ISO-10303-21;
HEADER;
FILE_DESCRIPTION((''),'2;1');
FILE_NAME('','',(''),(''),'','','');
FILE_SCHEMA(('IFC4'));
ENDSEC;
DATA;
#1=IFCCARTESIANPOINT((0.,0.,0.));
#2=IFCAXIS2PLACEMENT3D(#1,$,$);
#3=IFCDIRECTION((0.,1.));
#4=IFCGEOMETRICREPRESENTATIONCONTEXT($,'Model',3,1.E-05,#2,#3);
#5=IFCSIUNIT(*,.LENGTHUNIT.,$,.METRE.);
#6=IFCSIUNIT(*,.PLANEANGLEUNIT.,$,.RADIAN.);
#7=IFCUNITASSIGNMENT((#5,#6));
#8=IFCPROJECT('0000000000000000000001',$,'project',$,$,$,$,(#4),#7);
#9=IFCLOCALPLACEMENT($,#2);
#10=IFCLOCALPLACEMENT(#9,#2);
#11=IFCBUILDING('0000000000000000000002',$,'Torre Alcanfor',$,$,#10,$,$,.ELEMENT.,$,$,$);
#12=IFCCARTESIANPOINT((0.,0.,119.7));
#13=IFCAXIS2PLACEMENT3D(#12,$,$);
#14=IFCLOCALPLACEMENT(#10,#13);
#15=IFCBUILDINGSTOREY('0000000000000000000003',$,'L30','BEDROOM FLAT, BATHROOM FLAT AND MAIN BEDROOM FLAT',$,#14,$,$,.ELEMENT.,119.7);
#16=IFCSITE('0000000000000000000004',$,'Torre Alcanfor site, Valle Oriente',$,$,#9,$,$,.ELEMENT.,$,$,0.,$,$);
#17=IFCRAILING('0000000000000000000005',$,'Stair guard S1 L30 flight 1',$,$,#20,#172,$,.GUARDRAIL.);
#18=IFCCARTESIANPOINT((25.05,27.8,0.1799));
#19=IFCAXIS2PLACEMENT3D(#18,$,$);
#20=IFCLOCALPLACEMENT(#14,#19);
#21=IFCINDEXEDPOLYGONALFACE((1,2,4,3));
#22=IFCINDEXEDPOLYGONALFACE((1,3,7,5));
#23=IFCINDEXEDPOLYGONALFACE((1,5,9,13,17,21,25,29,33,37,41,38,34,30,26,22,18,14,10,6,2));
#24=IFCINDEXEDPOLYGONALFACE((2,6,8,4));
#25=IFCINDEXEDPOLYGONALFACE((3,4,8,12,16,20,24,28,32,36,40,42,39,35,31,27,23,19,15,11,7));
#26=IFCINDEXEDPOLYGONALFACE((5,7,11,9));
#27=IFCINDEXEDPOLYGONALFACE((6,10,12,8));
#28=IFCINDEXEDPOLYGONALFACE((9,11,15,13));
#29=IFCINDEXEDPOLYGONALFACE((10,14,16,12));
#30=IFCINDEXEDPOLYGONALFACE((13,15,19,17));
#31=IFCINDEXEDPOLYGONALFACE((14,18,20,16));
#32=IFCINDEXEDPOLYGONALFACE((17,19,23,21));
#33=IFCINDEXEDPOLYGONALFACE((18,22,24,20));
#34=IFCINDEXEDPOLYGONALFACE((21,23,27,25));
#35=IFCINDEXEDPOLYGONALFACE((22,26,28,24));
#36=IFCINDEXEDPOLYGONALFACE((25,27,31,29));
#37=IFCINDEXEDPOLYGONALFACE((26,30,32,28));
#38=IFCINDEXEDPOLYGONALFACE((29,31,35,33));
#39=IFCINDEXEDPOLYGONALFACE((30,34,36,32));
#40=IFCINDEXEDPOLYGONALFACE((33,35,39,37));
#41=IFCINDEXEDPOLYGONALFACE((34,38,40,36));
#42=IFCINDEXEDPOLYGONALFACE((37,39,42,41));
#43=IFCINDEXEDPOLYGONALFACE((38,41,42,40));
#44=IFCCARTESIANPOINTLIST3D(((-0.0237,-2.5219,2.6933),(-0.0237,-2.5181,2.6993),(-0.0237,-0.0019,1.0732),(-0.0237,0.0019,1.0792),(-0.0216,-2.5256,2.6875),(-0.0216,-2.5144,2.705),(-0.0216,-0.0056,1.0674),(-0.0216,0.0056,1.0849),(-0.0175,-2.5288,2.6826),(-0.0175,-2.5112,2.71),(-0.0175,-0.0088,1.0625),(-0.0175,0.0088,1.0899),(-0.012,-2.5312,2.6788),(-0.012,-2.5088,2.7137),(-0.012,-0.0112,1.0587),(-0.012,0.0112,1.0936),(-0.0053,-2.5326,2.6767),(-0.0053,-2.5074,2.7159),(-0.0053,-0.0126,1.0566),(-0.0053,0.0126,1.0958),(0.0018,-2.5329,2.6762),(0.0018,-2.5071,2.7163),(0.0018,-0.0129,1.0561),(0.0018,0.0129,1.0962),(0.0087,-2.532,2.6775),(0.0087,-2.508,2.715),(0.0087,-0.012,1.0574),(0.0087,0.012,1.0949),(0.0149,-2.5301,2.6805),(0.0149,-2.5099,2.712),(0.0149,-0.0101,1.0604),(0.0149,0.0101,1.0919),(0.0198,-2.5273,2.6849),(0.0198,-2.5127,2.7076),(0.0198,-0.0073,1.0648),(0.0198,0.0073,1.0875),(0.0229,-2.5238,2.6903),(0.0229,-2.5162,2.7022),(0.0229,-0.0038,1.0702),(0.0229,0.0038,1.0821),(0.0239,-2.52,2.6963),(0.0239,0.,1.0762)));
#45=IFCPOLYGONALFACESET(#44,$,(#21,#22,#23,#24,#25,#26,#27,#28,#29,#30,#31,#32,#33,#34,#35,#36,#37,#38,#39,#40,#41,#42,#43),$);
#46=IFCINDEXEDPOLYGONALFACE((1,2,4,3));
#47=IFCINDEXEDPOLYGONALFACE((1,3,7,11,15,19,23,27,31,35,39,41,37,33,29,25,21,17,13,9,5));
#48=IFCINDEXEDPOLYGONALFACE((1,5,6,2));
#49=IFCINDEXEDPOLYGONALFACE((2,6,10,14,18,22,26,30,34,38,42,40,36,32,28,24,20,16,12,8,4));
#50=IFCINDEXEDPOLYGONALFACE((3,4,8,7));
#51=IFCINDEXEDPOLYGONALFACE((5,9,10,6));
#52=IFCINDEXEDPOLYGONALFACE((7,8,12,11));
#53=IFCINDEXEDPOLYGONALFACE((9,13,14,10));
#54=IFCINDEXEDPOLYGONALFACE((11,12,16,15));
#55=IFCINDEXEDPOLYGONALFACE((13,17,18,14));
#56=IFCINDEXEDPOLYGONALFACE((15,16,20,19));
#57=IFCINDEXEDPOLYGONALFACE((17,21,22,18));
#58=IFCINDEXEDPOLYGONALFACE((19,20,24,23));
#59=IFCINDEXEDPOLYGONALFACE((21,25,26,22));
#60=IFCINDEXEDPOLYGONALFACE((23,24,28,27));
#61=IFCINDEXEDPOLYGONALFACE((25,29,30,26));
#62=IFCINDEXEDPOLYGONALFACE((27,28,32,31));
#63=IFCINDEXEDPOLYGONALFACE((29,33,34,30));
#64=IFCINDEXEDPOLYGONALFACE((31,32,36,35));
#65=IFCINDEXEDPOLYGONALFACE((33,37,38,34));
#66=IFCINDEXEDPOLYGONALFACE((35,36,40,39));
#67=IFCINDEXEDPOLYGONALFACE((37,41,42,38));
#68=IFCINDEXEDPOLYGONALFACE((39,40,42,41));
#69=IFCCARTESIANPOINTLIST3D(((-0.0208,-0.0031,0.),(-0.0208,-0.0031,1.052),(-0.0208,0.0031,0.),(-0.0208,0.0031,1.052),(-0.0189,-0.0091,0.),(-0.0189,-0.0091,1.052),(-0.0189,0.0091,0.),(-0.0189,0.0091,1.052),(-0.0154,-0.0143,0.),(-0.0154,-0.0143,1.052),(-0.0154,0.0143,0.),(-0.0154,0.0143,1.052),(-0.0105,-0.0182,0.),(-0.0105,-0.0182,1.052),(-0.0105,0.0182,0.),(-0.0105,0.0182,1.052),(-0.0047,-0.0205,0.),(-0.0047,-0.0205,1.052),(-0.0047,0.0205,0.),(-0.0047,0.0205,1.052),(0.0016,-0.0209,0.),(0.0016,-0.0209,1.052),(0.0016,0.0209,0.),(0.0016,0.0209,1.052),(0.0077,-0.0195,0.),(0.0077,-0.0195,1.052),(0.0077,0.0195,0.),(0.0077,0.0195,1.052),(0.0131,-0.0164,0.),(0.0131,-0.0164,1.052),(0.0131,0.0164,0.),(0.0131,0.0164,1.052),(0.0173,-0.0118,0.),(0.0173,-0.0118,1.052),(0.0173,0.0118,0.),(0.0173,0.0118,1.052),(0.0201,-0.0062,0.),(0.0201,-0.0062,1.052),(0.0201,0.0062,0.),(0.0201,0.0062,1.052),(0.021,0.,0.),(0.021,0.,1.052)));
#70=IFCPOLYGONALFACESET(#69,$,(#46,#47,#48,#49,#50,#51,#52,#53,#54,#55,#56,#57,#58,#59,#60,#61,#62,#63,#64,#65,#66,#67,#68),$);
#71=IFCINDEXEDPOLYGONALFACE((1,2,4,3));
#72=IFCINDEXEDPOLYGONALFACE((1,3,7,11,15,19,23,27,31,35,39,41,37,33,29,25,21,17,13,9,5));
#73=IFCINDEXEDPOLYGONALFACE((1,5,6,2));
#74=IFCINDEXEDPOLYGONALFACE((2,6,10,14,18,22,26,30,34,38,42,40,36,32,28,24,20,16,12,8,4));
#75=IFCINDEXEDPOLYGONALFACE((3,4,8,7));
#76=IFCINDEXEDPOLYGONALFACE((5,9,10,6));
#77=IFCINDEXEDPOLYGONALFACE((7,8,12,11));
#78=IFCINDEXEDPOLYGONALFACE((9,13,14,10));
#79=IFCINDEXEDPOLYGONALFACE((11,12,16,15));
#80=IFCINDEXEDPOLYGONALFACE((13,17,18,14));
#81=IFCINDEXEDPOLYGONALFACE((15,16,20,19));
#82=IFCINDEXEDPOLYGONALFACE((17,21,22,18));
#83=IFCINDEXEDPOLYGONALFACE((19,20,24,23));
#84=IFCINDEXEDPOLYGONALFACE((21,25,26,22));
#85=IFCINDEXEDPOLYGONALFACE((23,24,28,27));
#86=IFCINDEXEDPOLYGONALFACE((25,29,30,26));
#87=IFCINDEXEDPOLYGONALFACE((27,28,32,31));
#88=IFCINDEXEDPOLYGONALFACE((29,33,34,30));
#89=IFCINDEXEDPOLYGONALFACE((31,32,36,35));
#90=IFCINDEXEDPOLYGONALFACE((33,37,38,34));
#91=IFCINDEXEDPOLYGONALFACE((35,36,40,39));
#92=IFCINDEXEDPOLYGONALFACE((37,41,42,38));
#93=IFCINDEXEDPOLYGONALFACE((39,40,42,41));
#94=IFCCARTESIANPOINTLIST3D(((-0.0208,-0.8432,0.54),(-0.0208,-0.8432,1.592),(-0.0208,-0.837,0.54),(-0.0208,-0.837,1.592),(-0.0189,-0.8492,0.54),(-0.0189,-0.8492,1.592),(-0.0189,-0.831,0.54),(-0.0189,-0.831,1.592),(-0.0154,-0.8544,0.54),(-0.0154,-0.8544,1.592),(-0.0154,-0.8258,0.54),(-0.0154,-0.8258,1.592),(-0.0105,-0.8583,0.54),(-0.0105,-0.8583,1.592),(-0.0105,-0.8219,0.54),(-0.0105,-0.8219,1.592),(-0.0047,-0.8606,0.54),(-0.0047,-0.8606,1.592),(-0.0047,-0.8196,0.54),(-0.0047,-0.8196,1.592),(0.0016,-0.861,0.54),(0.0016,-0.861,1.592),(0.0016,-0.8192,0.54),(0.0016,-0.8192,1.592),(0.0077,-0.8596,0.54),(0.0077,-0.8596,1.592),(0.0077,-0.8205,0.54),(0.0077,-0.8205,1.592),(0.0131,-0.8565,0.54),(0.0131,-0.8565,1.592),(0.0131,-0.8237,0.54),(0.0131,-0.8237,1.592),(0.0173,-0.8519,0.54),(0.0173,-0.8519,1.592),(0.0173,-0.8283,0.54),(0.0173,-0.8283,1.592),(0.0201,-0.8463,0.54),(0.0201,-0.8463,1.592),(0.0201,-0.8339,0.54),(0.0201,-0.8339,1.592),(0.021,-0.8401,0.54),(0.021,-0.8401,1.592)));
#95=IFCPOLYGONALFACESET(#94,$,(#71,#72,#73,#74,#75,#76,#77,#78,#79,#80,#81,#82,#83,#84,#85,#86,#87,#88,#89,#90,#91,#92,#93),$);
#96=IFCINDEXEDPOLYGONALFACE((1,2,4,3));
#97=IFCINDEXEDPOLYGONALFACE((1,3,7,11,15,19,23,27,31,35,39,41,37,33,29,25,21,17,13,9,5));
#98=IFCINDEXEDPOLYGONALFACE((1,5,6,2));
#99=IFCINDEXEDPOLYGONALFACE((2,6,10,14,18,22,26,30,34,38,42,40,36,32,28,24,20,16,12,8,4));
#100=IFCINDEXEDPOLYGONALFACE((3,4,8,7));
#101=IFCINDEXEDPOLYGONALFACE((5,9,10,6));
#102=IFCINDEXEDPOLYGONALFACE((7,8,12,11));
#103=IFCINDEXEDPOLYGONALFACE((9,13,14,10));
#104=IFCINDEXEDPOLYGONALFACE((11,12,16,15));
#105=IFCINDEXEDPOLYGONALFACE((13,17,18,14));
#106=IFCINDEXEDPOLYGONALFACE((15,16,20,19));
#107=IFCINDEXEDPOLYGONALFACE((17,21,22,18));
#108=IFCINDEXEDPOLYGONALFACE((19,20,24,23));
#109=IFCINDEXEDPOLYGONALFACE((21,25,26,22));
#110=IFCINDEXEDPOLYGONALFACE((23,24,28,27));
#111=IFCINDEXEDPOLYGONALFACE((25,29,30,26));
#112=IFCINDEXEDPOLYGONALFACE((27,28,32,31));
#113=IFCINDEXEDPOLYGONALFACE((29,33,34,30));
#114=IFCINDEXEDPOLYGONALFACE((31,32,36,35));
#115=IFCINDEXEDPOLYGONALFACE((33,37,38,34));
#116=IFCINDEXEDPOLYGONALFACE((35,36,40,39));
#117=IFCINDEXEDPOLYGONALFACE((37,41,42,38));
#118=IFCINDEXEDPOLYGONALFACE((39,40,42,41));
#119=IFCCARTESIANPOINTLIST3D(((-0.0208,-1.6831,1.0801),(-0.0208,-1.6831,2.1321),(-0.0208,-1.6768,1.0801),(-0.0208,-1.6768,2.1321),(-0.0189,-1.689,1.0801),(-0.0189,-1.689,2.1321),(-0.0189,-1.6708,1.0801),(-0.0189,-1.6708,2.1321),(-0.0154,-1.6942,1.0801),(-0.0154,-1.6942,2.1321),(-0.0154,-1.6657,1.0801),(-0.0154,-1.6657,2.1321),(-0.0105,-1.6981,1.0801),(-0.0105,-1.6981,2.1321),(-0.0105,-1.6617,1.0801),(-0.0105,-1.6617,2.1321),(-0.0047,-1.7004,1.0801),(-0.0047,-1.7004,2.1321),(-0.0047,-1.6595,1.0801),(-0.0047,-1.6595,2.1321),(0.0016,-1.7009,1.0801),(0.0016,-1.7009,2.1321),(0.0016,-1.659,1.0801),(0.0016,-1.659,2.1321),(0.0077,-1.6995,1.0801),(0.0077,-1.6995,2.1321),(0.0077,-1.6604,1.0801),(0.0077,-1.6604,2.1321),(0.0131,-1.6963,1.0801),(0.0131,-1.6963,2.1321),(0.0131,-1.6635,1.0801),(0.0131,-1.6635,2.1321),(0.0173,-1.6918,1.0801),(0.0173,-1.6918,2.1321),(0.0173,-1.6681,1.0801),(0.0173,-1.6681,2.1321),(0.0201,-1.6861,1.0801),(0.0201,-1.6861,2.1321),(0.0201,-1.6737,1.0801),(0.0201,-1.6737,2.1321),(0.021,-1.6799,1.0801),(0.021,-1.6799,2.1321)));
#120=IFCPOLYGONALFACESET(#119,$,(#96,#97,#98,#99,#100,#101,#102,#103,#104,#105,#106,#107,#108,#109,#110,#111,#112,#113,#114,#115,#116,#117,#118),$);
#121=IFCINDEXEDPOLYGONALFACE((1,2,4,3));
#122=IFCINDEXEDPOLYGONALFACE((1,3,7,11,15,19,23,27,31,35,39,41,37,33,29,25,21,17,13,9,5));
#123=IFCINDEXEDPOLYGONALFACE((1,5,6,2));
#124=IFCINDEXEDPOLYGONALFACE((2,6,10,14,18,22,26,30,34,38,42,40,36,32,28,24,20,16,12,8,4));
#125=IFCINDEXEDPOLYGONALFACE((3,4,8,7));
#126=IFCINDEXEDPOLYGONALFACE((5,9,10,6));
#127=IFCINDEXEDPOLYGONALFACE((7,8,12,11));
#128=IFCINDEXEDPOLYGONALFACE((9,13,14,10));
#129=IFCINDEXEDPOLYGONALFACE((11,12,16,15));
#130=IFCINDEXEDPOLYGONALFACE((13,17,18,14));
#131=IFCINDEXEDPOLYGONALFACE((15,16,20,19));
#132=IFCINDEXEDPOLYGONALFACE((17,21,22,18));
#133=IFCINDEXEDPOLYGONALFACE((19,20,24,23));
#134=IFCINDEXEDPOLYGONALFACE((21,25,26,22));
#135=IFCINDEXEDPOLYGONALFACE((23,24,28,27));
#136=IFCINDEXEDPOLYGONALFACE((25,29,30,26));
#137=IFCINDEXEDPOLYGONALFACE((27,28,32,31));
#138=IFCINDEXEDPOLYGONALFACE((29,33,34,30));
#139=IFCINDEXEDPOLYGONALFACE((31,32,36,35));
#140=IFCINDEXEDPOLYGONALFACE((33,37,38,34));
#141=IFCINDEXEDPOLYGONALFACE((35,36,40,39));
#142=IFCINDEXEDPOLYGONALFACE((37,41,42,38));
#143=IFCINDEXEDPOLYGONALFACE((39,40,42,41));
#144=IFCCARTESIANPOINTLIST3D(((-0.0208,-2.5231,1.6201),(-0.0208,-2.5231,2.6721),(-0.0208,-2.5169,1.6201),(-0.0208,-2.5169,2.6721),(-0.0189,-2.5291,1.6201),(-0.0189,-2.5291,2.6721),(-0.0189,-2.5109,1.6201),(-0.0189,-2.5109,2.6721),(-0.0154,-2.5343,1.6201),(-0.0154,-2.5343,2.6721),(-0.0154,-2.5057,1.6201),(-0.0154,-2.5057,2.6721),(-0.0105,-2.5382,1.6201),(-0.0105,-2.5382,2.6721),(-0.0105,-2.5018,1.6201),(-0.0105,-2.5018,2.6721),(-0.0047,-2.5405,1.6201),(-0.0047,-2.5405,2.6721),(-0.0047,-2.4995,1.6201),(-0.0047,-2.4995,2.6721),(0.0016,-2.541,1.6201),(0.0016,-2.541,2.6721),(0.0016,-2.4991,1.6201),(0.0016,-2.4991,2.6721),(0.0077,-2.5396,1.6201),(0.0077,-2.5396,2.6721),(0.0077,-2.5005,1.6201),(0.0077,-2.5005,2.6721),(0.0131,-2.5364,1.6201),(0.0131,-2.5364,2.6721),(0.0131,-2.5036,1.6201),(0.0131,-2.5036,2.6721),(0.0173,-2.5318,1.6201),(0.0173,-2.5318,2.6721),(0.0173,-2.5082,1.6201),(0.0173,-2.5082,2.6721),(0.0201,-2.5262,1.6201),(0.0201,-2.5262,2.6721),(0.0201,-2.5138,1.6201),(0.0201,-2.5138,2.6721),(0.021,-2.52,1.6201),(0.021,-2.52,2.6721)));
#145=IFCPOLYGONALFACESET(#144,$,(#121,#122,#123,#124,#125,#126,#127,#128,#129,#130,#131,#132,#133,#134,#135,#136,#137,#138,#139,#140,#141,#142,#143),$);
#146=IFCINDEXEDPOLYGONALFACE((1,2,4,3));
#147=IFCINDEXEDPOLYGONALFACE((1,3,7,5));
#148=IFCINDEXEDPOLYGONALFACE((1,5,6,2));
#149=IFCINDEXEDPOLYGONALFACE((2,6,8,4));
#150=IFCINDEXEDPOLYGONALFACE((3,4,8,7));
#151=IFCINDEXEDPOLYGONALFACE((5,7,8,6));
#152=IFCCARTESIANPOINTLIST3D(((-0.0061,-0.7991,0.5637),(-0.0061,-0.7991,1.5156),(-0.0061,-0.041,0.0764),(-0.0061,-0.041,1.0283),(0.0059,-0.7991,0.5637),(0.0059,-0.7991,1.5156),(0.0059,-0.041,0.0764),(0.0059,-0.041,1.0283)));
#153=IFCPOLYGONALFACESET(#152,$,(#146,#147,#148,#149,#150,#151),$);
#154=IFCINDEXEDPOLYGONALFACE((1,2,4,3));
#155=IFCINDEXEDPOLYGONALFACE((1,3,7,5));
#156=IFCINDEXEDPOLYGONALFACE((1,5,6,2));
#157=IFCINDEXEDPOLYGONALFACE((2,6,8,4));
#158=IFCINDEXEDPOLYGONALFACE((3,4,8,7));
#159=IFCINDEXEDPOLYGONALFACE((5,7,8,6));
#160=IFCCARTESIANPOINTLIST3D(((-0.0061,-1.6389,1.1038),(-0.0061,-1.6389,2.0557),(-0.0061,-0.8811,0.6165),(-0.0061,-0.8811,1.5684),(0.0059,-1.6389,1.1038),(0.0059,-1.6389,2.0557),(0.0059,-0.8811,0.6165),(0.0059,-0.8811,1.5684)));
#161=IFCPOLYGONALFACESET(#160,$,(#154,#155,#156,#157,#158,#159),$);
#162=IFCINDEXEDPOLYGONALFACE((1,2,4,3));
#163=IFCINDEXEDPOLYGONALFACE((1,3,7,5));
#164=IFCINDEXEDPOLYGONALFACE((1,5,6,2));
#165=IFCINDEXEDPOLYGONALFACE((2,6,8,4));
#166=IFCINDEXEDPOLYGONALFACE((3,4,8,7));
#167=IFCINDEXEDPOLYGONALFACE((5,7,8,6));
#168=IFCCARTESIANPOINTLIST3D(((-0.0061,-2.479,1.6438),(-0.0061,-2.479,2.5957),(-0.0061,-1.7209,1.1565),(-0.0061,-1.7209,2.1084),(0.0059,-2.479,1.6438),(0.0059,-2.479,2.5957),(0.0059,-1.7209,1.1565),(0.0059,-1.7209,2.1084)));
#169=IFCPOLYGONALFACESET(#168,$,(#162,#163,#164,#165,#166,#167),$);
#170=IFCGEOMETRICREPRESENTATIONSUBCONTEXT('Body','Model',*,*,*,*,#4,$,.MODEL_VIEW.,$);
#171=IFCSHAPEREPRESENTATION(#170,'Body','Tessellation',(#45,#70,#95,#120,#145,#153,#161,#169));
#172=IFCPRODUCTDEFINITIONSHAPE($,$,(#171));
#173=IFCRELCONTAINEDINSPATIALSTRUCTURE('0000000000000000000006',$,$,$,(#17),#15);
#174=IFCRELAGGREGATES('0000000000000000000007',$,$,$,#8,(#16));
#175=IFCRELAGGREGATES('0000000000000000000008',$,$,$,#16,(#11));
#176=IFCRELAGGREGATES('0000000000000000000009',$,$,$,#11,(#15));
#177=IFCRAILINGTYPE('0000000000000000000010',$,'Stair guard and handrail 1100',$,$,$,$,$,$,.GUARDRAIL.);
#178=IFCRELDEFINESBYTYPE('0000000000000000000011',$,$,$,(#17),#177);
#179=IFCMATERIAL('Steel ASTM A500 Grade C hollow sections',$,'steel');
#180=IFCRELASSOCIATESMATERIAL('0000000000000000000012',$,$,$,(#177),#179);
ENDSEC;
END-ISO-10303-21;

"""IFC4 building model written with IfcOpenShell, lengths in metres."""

from ifc_helpers import new_model, si_unit, direction, frame, origin, origin_2d, place, context, subcontext, project, spatial, polyline, circle, outline, extrude, material, type_object, element, save


model = new_model("IFC4")

# Units and contexts
model_context = context("Model", 3, precision=1e-05, world=origin(), true_north=direction((0.0, 1.0)))
body_context = subcontext(model_context, "Body", "Model", "MODEL_VIEW")
ifc_project = project(units=[si_unit("LENGTHUNIT", "METRE"), si_unit("PLANEANGLEUNIT", "RADIAN")], contexts=[model_context])

# Site, building, storey
site_placement = place(None, origin())
site = spatial("IfcSite", under=ifc_project, at=site_placement, Name="Torre Alcanfor site, Valle Oriente", CompositionType="ELEMENT", RefElevation=0.0)
building_placement = place(site_placement, origin())
building = spatial("IfcBuilding", under=site, at=building_placement, Name="Torre Alcanfor", CompositionType="ELEMENT")
storey_placement = place(building_placement, frame((0.0, 0.0, 119.7)))
storey = spatial("IfcBuildingStorey", under=building, at=storey_placement, Name="L30", Description="BEDROOM FLAT, BATHROOM FLAT AND MAIN BEDROOM FLAT", CompositionType="ELEMENT", Elevation=119.7)

# Railing
ifc_material_1 = material(Name="Steel ASTM A500 Grade C hollow sections", Category="steel")
railing_type_1 = type_object("IfcRailingType", Name="Stair guard and handrail 1100", PredefinedType="GUARDRAIL", material=ifc_material_1)
railing_1_placement = place(storey_placement, frame((25.05, 27.8, 0.1799)))
element("IfcRailing", 1, at=railing_1_placement, inside=storey, type_object=railing_type_1, Name="Stair guard S1 L30 flight 1", PredefinedType="GUARDRAIL", context=body_context, shape_type="SweptSolid", body=[
    extrude(circle(Radius=0.0239, at=origin_2d()), frame((0.0, 0.0, 1.0762), z_axis=(0.0, -0.841163, 0.540782), x_axis=(1.0, 0.0, 0.0)), (0.0, 0.0, 1.0), 2.9958),
    extrude(circle(Radius=0.021, at=origin_2d()), origin(), (0.0, 0.0, 1.0), 1.052),
    extrude(circle(Radius=0.021, at=origin_2d()), frame((0.0, -0.8401, 0.54)), (0.0, 0.0, 1.0), 1.052),
    extrude(circle(Radius=0.021, at=origin_2d()), frame((0.0, -1.6799, 1.0801)), (0.0, 0.0, 1.0), 1.052),
    extrude(circle(Radius=0.021, at=origin_2d()), frame((0.0, -2.52, 1.6201)), (0.0, 0.0, 1.0), 1.052),
    extrude(outline(polyline([(0.041, 0.0764), (0.7991, 0.5637), (0.7991, 1.5156), (0.041, 1.0283), (0.041, 0.0764)])), frame((0.0059, 0.0, 0.0), z_axis=(-1.0, 0.0, 0.0), x_axis=(0.0, -1.0, 0.0)), (0.0, 0.0, 1.0), 0.012),
    extrude(outline(polyline([(0.8811, 0.6165), (1.6389, 1.1038), (1.6389, 2.0557), (0.8811, 1.5684), (0.8811, 0.6165)])), frame((0.0059, 0.0, 0.0), z_axis=(-1.0, 0.0, 0.0), x_axis=(0.0, -1.0, 0.0)), (0.0, 0.0, 1.0), 0.012),
    extrude(outline(polyline([(1.7209, 1.1565), (2.479, 1.6438), (2.479, 2.5957), (1.7209, 2.1084), (1.7209, 1.1565)])), frame((0.0059, 0.0, 0.0), z_axis=(-1.0, 0.0, 0.0), x_axis=(0.0, -1.0, 0.0)), (0.0, 0.0, 1.0), 0.012),
])

save(model, "model.ifc")
